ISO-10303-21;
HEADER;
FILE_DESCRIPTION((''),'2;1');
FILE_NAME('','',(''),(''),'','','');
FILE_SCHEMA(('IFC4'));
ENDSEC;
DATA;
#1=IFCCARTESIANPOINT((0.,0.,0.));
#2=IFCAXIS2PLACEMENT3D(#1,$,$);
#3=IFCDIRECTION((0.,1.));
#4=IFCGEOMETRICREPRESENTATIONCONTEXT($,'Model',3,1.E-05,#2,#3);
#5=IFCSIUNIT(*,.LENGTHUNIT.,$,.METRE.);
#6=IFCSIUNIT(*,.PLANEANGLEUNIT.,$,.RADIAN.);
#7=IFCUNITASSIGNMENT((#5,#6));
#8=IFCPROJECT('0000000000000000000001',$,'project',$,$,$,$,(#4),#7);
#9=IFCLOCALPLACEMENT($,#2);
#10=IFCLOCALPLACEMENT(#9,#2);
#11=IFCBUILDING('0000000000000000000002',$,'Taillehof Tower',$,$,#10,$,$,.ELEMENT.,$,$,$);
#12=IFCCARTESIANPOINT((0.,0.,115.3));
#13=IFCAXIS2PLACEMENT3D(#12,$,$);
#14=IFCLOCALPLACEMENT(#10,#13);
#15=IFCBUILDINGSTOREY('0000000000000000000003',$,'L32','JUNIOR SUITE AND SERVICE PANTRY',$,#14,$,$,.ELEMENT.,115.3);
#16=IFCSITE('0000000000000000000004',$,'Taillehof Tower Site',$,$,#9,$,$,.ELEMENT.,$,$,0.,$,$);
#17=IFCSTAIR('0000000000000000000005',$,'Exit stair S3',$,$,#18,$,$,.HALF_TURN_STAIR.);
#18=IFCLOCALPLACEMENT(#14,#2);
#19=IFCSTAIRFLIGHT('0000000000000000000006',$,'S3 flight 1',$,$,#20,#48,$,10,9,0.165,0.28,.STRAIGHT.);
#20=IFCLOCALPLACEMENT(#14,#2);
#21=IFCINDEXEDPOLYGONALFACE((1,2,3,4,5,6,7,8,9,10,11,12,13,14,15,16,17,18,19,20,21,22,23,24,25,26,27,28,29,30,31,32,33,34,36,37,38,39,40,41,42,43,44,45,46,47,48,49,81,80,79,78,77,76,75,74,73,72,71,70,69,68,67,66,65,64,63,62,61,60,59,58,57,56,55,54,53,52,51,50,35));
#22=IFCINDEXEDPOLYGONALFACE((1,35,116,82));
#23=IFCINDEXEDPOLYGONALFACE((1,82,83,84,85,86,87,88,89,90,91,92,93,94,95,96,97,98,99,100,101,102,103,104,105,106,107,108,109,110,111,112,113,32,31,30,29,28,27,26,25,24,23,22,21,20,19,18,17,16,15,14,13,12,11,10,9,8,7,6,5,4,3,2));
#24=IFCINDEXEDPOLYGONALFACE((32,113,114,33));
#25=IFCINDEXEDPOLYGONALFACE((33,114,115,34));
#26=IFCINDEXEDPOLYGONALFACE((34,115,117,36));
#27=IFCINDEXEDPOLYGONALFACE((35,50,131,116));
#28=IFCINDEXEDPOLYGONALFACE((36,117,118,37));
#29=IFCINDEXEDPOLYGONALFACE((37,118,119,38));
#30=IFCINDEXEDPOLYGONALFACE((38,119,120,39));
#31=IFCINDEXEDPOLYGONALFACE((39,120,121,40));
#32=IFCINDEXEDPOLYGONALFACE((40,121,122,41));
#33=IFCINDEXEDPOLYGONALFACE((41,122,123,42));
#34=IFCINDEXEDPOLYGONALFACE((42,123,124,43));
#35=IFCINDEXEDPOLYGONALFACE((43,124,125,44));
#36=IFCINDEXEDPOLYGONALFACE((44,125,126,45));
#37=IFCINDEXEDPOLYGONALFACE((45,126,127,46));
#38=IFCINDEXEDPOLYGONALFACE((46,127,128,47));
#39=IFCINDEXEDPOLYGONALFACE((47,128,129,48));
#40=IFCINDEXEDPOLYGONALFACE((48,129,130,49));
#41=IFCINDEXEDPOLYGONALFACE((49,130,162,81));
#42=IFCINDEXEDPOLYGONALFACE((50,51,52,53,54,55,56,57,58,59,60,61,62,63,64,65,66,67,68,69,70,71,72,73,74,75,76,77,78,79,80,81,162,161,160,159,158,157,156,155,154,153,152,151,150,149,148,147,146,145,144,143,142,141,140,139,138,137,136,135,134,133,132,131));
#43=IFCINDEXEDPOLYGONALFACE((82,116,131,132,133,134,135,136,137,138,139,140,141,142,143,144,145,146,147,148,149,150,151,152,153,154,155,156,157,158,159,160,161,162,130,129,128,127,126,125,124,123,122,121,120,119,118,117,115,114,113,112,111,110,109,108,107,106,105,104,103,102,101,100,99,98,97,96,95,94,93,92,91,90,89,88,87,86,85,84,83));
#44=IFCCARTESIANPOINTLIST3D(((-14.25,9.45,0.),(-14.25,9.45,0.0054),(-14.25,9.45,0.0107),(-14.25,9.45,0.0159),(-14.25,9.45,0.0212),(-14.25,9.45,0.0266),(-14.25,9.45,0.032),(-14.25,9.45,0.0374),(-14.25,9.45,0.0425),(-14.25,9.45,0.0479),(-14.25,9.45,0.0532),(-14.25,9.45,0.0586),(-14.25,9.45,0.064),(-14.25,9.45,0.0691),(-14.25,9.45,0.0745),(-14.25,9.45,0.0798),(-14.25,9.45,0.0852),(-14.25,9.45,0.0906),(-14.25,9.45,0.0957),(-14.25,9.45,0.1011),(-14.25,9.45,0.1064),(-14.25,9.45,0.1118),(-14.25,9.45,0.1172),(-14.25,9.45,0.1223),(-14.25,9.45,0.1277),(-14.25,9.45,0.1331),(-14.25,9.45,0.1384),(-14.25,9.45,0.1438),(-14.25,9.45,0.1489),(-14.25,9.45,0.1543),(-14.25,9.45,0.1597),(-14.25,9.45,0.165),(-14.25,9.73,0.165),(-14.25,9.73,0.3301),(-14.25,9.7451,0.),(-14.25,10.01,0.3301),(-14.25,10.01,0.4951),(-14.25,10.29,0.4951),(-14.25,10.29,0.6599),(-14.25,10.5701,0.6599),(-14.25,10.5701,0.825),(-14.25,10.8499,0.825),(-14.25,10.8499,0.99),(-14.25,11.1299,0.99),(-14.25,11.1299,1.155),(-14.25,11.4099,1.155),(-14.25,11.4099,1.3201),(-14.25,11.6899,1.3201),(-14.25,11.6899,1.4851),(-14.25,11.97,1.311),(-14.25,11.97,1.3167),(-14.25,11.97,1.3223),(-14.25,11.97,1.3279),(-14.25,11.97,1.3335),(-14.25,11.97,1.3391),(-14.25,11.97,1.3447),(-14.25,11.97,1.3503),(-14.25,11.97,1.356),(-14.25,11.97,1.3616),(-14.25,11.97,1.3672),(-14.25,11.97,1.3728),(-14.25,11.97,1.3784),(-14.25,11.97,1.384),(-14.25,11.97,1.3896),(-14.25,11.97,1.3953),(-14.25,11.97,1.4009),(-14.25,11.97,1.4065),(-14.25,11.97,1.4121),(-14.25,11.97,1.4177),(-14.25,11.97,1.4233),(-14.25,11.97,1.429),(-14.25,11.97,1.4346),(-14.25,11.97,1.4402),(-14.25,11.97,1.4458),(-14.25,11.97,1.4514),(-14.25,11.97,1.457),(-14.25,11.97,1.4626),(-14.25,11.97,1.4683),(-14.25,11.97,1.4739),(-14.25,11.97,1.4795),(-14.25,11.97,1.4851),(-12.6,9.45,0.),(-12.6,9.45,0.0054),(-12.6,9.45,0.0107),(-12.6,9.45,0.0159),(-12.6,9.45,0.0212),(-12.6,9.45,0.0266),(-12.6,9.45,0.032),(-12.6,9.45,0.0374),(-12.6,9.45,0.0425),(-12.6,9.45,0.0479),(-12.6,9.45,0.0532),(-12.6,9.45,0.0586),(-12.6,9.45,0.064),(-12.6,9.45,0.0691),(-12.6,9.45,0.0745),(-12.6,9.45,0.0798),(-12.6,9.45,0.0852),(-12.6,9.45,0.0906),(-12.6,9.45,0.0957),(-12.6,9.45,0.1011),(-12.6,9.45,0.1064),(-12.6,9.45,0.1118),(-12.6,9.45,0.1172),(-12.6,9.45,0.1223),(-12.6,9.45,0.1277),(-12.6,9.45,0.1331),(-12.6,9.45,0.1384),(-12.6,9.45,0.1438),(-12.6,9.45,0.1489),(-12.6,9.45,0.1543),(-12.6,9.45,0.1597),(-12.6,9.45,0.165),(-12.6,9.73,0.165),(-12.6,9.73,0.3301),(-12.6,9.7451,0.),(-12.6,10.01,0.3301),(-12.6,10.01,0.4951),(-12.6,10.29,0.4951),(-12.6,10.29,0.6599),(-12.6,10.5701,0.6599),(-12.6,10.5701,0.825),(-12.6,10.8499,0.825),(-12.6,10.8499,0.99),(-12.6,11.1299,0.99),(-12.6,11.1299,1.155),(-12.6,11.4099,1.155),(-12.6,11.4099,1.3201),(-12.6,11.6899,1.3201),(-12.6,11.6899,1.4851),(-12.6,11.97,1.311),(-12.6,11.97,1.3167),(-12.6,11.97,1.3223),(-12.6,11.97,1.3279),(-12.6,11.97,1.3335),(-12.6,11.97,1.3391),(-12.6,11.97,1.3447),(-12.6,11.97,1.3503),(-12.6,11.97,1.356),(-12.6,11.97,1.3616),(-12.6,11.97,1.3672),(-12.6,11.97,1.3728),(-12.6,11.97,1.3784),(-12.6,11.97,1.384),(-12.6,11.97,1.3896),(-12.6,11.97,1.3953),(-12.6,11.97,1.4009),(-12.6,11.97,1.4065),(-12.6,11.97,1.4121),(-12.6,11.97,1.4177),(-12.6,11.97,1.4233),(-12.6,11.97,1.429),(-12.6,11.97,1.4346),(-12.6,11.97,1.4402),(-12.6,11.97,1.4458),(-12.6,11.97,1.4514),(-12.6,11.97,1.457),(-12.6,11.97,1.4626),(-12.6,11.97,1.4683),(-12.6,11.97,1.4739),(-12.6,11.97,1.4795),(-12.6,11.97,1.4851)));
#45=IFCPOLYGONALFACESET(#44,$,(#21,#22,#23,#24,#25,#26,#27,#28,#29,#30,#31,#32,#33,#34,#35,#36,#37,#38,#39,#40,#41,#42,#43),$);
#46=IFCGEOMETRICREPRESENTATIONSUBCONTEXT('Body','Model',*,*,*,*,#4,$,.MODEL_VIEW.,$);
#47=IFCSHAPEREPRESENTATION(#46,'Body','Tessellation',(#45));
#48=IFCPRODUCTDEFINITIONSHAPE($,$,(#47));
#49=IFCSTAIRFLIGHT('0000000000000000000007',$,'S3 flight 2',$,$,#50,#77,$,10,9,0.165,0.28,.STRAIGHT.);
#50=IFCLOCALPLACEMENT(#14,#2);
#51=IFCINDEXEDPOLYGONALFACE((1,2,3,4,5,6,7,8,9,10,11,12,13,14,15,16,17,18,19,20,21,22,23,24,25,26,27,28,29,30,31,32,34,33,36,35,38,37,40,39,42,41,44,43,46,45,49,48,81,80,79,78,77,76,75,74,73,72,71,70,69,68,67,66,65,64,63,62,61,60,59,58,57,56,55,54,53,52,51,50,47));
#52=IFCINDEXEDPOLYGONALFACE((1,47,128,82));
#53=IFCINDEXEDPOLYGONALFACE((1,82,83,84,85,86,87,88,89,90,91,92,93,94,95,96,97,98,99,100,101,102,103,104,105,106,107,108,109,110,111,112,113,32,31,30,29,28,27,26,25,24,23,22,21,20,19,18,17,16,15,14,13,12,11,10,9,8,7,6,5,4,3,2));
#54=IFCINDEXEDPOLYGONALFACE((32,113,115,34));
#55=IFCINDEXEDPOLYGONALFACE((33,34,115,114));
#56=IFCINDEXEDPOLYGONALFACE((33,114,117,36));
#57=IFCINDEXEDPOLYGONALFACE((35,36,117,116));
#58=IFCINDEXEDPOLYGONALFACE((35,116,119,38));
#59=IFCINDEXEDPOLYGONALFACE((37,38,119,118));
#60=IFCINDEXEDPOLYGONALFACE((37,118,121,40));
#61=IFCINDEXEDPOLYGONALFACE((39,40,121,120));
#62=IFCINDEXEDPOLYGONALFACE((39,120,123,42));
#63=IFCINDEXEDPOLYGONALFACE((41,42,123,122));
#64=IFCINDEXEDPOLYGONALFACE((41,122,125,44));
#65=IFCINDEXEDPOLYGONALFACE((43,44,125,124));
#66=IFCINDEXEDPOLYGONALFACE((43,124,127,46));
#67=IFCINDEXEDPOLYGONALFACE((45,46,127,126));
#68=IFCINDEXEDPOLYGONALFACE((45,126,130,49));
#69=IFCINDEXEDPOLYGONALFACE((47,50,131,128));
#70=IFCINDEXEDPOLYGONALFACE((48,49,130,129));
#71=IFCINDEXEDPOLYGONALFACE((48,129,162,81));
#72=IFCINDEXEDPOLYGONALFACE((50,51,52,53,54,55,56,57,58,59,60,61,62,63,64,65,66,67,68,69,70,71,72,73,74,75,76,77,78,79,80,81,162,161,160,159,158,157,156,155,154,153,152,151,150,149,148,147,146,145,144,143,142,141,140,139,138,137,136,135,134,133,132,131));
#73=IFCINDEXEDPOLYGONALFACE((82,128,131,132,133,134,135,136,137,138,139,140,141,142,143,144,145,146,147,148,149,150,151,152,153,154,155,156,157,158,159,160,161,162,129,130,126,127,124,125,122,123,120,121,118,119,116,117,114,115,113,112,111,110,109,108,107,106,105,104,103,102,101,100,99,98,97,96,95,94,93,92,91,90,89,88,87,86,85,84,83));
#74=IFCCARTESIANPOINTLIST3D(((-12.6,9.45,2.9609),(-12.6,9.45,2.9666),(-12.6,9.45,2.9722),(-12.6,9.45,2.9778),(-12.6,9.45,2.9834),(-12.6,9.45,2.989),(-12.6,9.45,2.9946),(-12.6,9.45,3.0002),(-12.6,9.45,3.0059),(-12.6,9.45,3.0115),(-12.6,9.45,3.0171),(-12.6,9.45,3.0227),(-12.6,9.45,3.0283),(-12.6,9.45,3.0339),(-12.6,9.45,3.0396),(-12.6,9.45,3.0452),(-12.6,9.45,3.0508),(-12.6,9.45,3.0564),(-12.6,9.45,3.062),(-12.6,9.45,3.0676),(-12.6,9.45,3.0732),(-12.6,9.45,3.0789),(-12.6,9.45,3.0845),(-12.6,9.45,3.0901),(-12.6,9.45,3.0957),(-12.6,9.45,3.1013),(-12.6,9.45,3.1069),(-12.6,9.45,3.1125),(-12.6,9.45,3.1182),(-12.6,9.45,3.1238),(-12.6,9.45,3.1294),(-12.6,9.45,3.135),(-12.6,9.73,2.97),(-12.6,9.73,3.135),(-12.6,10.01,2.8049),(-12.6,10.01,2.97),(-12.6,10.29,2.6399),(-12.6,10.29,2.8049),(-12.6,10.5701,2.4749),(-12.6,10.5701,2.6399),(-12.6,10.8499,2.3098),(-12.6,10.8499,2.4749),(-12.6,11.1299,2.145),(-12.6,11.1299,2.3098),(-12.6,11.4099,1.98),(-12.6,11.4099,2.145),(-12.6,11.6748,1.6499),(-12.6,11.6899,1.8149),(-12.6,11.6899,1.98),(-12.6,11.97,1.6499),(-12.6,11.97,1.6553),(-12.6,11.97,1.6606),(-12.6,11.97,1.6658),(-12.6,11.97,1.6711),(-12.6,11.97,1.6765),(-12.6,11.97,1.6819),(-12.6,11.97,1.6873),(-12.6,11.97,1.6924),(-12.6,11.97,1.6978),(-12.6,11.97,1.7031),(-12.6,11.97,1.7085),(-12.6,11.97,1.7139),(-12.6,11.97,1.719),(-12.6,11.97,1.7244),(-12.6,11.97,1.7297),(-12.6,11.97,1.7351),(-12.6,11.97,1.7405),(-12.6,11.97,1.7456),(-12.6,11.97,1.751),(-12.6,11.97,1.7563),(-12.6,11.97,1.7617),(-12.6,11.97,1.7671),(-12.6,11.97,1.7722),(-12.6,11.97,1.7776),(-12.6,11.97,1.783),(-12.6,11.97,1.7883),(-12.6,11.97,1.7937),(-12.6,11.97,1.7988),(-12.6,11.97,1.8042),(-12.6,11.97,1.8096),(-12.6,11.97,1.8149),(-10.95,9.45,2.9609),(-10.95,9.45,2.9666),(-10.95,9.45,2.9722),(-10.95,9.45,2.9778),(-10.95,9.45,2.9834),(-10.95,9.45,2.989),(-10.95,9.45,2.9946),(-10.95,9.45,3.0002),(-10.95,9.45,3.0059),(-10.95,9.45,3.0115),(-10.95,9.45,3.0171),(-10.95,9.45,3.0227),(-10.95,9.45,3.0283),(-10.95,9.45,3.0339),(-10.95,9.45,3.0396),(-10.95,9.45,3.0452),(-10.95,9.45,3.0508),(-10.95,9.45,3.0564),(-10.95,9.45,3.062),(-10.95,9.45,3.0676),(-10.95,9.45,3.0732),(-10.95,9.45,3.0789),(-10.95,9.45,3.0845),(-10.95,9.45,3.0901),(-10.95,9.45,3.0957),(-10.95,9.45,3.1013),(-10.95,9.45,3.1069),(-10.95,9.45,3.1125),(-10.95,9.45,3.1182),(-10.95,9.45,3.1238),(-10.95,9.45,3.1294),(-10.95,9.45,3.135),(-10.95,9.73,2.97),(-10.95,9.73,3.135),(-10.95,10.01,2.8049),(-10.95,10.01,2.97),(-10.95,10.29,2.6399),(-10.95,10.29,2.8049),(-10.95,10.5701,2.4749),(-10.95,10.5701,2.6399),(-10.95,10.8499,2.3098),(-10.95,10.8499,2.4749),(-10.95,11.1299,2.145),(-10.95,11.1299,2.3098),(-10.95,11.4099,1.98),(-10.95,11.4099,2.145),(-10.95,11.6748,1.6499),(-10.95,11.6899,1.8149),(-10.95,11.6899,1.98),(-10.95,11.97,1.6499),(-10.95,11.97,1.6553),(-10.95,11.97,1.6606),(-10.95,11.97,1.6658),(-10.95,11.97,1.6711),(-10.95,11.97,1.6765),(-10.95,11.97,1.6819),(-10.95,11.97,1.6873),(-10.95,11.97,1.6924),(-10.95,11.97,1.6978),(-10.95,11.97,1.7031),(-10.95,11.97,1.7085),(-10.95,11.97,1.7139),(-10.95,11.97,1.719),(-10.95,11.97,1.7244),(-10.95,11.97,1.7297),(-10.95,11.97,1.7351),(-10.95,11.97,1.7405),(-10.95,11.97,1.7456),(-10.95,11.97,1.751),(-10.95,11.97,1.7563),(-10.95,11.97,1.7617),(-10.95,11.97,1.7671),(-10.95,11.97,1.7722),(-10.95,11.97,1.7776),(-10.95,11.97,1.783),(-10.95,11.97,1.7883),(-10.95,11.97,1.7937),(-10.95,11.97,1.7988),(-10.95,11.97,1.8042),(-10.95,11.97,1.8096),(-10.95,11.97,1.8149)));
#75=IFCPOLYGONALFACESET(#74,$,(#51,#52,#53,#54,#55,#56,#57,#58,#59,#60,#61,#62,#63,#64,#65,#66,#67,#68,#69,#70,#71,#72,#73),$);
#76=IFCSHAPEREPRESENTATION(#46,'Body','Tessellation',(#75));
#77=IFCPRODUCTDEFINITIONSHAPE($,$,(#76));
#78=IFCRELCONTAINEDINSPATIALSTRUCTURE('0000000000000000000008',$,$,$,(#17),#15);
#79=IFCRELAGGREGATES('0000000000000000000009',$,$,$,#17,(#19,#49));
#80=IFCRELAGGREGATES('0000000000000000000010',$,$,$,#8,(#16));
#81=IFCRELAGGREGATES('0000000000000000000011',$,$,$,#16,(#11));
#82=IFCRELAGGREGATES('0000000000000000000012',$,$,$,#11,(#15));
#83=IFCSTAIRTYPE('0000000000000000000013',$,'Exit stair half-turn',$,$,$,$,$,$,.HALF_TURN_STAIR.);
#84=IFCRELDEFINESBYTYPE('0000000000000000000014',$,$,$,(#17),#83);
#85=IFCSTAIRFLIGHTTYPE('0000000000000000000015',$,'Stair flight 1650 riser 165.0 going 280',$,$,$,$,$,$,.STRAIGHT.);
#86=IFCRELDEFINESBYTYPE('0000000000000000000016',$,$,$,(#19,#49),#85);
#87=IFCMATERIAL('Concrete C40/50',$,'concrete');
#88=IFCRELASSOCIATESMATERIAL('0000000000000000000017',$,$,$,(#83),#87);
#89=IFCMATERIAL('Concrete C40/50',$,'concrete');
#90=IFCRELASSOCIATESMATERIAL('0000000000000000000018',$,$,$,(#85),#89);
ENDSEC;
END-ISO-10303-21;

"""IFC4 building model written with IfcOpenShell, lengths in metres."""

from ifc_helpers import new_model, si_unit, direction, frame, origin, place, context, subcontext, project, spatial, polyline, outline, extrude, material, type_object, element, aggregate, save


model = new_model("IFC4")

# Units and contexts
model_context = context("Model", 3, precision=1e-05, world=origin(), true_north=direction((0.0, 1.0)))
body_context = subcontext(model_context, "Body", "Model", "MODEL_VIEW")
ifc_project = project(units=[si_unit("LENGTHUNIT", "METRE"), si_unit("PLANEANGLEUNIT", "RADIAN")], contexts=[model_context])

# Site, building, storey
site_placement = place(None, origin())
site = spatial("IfcSite", under=ifc_project, at=site_placement, Name="Taillehof Tower Site", CompositionType="ELEMENT", RefElevation=0.0)
building_placement = place(site_placement, origin())
building = spatial("IfcBuilding", under=site, at=building_placement, Name="Taillehof Tower", CompositionType="ELEMENT")
storey_placement = place(building_placement, frame((0.0, 0.0, 115.3)))
storey = spatial("IfcBuildingStorey", under=building, at=storey_placement, Name="L32", Description="JUNIOR SUITE AND SERVICE PANTRY", CompositionType="ELEMENT", Elevation=115.3)

# Stair, stair flights
ifc_material_1 = material(Name="Concrete C40/50", Category="concrete")
stair_type = type_object("IfcStairType", Name="Exit stair half-turn", PredefinedType="HALF_TURN_STAIR", material=ifc_material_1)
stair_placement = place(storey_placement, origin())
stair = element("IfcStair", 1, at=stair_placement, inside=storey, type_object=stair_type, Name="Exit stair S3", PredefinedType="HALF_TURN_STAIR")
ifc_material_2 = material(Name="Concrete C40/50", Category="concrete")
stair_flight_type = type_object("IfcStairFlightType", Name="Stair flight 1650 riser 165.0 going 280", PredefinedType="STRAIGHT", material=ifc_material_2)
stair_flight_1_placement = place(storey_placement, frame((-13.425, 9.45, 0.0), z_axis=(0.0, 0.0, 1.0), x_axis=(0.0, 1.0, 0.0)))
stair_flight_1 = element("IfcStairFlight", 2, at=stair_flight_1_placement, type_object=stair_flight_type, Name="S3 flight 1", NumberOfRisers=10, NumberOfTreads=9, PredefinedType="STRAIGHT", RiserHeight=0.165, TreadLength=0.28, context=body_context, shape_type="SweptSolid", body=[
    extrude(outline(polyline([(0.0, 0.0), (0.0, 0.0054), (0.0, 0.0107), (0.0, 0.0159), (0.0, 0.0212), (0.0, 0.0266), (0.0, 0.032), (0.0, 0.0374), (0.0, 0.0425), (0.0, 0.0479), (0.0, 0.0532), (0.0, 0.0586), (0.0, 0.064), (0.0, 0.0691), (0.0, 0.0745), (0.0, 0.0798), (0.0, 0.0852), (0.0, 0.0906), (0.0, 0.0957), (0.0, 0.1011), (0.0, 0.1064), (0.0, 0.1118), (0.0, 0.1172), (0.0, 0.1223), (0.0, 0.1277), (0.0, 0.1331), (0.0, 0.1384), (0.0, 0.1438), (0.0, 0.1489), (0.0, 0.1543), (0.0, 0.1597), (0.0, 0.165), (0.28, 0.165), (0.28, 0.3301), (0.5601, 0.3301), (0.5601, 0.4951), (0.8401, 0.4951), (0.8401, 0.6599), (1.1201, 0.6599), (1.1201, 0.825), (1.3999, 0.825), (1.3999, 0.99), (1.6799, 0.99), (1.6799, 1.155), (1.96, 1.155), (1.96, 1.3201), (2.24, 1.3201), (2.24, 1.4851), (2.52, 1.4851), (2.52, 1.4795), (2.52, 1.4739), (2.52, 1.4683), (2.52, 1.4626), (2.52, 1.457), (2.52, 1.4514), (2.52, 1.4458), (2.52, 1.4402), (2.52, 1.4346), (2.52, 1.429), (2.52, 1.4233), (2.52, 1.4177), (2.52, 1.4121), (2.52, 1.4065), (2.52, 1.4009), (2.52, 1.3953), (2.52, 1.3896), (2.52, 1.384), (2.52, 1.3784), (2.52, 1.3728), (2.52, 1.3672), (2.52, 1.3616), (2.52, 1.356), (2.52, 1.3503), (2.52, 1.3447), (2.52, 1.3391), (2.52, 1.3335), (2.52, 1.3279), (2.52, 1.3223), (2.52, 1.3167), (2.52, 1.311), (0.2952, 0.0), (0.0, 0.0)])), frame((0.0, 0.825, 0.0), z_axis=(0.0, -1.0, 0.0), x_axis=(1.0, 0.0, 0.0)), (0.0, 0.0, 1.0), 1.65),
])
stair_flight_2_placement = place(storey_placement, frame((-11.7749, 11.97, 1.6499), z_axis=(0.0, 0.0, 1.0), x_axis=(0.0, -1.0, 0.0)))
stair_flight_2 = element("IfcStairFlight", 3, at=stair_flight_2_placement, type_object=stair_flight_type, Name="S3 flight 2", NumberOfRisers=10, NumberOfTreads=9, PredefinedType="STRAIGHT", RiserHeight=0.165, TreadLength=0.28, context=body_context, shape_type="SweptSolid", body=[
    extrude(outline(polyline([(0.0, 0.0), (0.0, 0.0054), (0.0, 0.0107), (0.0, 0.0159), (0.0, 0.0212), (0.0, 0.0266), (0.0, 0.032), (0.0, 0.0374), (0.0, 0.0425), (0.0, 0.0479), (0.0, 0.0532), (0.0, 0.0586), (0.0, 0.064), (0.0, 0.0691), (0.0, 0.0745), (0.0, 0.0798), (0.0, 0.0852), (0.0, 0.0906), (0.0, 0.0957), (0.0, 0.1011), (0.0, 0.1064), (0.0, 0.1118), (0.0, 0.1172), (0.0, 0.1223), (0.0, 0.1277), (0.0, 0.1331), (0.0, 0.1384), (0.0, 0.1438), (0.0, 0.1489), (0.0, 0.1543), (0.0, 0.1597), (0.0, 0.165), (0.28, 0.165), (0.28, 0.3301), (0.5601, 0.3301), (0.5601, 0.4951), (0.8401, 0.4951), (0.8401, 0.6599), (1.1201, 0.6599), (1.1201, 0.825), (1.3999, 0.825), (1.3999, 0.99), (1.6799, 0.99), (1.6799, 1.155), (1.96, 1.155), (1.96, 1.3201), (2.24, 1.3201), (2.24, 1.4851), (2.52, 1.4851), (2.52, 1.4795), (2.52, 1.4739), (2.52, 1.4683), (2.52, 1.4626), (2.52, 1.457), (2.52, 1.4514), (2.52, 1.4458), (2.52, 1.4402), (2.52, 1.4346), (2.52, 1.429), (2.52, 1.4233), (2.52, 1.4177), (2.52, 1.4121), (2.52, 1.4065), (2.52, 1.4009), (2.52, 1.3953), (2.52, 1.3896), (2.52, 1.384), (2.52, 1.3784), (2.52, 1.3728), (2.52, 1.3672), (2.52, 1.3616), (2.52, 1.356), (2.52, 1.3503), (2.52, 1.3447), (2.52, 1.3391), (2.52, 1.3335), (2.52, 1.3279), (2.52, 1.3223), (2.52, 1.3167), (2.52, 1.311), (0.2952, 0.0), (0.0, 0.0)])), frame((0.0, 0.825, 0.0), z_axis=(0.0, -1.0, 0.0), x_axis=(1.0, 0.0, 0.0)), (0.0, 0.0, 1.0), 1.65),
])
aggregate(stair, [stair_flight_1, stair_flight_2])

save(model, "model.ifc")
